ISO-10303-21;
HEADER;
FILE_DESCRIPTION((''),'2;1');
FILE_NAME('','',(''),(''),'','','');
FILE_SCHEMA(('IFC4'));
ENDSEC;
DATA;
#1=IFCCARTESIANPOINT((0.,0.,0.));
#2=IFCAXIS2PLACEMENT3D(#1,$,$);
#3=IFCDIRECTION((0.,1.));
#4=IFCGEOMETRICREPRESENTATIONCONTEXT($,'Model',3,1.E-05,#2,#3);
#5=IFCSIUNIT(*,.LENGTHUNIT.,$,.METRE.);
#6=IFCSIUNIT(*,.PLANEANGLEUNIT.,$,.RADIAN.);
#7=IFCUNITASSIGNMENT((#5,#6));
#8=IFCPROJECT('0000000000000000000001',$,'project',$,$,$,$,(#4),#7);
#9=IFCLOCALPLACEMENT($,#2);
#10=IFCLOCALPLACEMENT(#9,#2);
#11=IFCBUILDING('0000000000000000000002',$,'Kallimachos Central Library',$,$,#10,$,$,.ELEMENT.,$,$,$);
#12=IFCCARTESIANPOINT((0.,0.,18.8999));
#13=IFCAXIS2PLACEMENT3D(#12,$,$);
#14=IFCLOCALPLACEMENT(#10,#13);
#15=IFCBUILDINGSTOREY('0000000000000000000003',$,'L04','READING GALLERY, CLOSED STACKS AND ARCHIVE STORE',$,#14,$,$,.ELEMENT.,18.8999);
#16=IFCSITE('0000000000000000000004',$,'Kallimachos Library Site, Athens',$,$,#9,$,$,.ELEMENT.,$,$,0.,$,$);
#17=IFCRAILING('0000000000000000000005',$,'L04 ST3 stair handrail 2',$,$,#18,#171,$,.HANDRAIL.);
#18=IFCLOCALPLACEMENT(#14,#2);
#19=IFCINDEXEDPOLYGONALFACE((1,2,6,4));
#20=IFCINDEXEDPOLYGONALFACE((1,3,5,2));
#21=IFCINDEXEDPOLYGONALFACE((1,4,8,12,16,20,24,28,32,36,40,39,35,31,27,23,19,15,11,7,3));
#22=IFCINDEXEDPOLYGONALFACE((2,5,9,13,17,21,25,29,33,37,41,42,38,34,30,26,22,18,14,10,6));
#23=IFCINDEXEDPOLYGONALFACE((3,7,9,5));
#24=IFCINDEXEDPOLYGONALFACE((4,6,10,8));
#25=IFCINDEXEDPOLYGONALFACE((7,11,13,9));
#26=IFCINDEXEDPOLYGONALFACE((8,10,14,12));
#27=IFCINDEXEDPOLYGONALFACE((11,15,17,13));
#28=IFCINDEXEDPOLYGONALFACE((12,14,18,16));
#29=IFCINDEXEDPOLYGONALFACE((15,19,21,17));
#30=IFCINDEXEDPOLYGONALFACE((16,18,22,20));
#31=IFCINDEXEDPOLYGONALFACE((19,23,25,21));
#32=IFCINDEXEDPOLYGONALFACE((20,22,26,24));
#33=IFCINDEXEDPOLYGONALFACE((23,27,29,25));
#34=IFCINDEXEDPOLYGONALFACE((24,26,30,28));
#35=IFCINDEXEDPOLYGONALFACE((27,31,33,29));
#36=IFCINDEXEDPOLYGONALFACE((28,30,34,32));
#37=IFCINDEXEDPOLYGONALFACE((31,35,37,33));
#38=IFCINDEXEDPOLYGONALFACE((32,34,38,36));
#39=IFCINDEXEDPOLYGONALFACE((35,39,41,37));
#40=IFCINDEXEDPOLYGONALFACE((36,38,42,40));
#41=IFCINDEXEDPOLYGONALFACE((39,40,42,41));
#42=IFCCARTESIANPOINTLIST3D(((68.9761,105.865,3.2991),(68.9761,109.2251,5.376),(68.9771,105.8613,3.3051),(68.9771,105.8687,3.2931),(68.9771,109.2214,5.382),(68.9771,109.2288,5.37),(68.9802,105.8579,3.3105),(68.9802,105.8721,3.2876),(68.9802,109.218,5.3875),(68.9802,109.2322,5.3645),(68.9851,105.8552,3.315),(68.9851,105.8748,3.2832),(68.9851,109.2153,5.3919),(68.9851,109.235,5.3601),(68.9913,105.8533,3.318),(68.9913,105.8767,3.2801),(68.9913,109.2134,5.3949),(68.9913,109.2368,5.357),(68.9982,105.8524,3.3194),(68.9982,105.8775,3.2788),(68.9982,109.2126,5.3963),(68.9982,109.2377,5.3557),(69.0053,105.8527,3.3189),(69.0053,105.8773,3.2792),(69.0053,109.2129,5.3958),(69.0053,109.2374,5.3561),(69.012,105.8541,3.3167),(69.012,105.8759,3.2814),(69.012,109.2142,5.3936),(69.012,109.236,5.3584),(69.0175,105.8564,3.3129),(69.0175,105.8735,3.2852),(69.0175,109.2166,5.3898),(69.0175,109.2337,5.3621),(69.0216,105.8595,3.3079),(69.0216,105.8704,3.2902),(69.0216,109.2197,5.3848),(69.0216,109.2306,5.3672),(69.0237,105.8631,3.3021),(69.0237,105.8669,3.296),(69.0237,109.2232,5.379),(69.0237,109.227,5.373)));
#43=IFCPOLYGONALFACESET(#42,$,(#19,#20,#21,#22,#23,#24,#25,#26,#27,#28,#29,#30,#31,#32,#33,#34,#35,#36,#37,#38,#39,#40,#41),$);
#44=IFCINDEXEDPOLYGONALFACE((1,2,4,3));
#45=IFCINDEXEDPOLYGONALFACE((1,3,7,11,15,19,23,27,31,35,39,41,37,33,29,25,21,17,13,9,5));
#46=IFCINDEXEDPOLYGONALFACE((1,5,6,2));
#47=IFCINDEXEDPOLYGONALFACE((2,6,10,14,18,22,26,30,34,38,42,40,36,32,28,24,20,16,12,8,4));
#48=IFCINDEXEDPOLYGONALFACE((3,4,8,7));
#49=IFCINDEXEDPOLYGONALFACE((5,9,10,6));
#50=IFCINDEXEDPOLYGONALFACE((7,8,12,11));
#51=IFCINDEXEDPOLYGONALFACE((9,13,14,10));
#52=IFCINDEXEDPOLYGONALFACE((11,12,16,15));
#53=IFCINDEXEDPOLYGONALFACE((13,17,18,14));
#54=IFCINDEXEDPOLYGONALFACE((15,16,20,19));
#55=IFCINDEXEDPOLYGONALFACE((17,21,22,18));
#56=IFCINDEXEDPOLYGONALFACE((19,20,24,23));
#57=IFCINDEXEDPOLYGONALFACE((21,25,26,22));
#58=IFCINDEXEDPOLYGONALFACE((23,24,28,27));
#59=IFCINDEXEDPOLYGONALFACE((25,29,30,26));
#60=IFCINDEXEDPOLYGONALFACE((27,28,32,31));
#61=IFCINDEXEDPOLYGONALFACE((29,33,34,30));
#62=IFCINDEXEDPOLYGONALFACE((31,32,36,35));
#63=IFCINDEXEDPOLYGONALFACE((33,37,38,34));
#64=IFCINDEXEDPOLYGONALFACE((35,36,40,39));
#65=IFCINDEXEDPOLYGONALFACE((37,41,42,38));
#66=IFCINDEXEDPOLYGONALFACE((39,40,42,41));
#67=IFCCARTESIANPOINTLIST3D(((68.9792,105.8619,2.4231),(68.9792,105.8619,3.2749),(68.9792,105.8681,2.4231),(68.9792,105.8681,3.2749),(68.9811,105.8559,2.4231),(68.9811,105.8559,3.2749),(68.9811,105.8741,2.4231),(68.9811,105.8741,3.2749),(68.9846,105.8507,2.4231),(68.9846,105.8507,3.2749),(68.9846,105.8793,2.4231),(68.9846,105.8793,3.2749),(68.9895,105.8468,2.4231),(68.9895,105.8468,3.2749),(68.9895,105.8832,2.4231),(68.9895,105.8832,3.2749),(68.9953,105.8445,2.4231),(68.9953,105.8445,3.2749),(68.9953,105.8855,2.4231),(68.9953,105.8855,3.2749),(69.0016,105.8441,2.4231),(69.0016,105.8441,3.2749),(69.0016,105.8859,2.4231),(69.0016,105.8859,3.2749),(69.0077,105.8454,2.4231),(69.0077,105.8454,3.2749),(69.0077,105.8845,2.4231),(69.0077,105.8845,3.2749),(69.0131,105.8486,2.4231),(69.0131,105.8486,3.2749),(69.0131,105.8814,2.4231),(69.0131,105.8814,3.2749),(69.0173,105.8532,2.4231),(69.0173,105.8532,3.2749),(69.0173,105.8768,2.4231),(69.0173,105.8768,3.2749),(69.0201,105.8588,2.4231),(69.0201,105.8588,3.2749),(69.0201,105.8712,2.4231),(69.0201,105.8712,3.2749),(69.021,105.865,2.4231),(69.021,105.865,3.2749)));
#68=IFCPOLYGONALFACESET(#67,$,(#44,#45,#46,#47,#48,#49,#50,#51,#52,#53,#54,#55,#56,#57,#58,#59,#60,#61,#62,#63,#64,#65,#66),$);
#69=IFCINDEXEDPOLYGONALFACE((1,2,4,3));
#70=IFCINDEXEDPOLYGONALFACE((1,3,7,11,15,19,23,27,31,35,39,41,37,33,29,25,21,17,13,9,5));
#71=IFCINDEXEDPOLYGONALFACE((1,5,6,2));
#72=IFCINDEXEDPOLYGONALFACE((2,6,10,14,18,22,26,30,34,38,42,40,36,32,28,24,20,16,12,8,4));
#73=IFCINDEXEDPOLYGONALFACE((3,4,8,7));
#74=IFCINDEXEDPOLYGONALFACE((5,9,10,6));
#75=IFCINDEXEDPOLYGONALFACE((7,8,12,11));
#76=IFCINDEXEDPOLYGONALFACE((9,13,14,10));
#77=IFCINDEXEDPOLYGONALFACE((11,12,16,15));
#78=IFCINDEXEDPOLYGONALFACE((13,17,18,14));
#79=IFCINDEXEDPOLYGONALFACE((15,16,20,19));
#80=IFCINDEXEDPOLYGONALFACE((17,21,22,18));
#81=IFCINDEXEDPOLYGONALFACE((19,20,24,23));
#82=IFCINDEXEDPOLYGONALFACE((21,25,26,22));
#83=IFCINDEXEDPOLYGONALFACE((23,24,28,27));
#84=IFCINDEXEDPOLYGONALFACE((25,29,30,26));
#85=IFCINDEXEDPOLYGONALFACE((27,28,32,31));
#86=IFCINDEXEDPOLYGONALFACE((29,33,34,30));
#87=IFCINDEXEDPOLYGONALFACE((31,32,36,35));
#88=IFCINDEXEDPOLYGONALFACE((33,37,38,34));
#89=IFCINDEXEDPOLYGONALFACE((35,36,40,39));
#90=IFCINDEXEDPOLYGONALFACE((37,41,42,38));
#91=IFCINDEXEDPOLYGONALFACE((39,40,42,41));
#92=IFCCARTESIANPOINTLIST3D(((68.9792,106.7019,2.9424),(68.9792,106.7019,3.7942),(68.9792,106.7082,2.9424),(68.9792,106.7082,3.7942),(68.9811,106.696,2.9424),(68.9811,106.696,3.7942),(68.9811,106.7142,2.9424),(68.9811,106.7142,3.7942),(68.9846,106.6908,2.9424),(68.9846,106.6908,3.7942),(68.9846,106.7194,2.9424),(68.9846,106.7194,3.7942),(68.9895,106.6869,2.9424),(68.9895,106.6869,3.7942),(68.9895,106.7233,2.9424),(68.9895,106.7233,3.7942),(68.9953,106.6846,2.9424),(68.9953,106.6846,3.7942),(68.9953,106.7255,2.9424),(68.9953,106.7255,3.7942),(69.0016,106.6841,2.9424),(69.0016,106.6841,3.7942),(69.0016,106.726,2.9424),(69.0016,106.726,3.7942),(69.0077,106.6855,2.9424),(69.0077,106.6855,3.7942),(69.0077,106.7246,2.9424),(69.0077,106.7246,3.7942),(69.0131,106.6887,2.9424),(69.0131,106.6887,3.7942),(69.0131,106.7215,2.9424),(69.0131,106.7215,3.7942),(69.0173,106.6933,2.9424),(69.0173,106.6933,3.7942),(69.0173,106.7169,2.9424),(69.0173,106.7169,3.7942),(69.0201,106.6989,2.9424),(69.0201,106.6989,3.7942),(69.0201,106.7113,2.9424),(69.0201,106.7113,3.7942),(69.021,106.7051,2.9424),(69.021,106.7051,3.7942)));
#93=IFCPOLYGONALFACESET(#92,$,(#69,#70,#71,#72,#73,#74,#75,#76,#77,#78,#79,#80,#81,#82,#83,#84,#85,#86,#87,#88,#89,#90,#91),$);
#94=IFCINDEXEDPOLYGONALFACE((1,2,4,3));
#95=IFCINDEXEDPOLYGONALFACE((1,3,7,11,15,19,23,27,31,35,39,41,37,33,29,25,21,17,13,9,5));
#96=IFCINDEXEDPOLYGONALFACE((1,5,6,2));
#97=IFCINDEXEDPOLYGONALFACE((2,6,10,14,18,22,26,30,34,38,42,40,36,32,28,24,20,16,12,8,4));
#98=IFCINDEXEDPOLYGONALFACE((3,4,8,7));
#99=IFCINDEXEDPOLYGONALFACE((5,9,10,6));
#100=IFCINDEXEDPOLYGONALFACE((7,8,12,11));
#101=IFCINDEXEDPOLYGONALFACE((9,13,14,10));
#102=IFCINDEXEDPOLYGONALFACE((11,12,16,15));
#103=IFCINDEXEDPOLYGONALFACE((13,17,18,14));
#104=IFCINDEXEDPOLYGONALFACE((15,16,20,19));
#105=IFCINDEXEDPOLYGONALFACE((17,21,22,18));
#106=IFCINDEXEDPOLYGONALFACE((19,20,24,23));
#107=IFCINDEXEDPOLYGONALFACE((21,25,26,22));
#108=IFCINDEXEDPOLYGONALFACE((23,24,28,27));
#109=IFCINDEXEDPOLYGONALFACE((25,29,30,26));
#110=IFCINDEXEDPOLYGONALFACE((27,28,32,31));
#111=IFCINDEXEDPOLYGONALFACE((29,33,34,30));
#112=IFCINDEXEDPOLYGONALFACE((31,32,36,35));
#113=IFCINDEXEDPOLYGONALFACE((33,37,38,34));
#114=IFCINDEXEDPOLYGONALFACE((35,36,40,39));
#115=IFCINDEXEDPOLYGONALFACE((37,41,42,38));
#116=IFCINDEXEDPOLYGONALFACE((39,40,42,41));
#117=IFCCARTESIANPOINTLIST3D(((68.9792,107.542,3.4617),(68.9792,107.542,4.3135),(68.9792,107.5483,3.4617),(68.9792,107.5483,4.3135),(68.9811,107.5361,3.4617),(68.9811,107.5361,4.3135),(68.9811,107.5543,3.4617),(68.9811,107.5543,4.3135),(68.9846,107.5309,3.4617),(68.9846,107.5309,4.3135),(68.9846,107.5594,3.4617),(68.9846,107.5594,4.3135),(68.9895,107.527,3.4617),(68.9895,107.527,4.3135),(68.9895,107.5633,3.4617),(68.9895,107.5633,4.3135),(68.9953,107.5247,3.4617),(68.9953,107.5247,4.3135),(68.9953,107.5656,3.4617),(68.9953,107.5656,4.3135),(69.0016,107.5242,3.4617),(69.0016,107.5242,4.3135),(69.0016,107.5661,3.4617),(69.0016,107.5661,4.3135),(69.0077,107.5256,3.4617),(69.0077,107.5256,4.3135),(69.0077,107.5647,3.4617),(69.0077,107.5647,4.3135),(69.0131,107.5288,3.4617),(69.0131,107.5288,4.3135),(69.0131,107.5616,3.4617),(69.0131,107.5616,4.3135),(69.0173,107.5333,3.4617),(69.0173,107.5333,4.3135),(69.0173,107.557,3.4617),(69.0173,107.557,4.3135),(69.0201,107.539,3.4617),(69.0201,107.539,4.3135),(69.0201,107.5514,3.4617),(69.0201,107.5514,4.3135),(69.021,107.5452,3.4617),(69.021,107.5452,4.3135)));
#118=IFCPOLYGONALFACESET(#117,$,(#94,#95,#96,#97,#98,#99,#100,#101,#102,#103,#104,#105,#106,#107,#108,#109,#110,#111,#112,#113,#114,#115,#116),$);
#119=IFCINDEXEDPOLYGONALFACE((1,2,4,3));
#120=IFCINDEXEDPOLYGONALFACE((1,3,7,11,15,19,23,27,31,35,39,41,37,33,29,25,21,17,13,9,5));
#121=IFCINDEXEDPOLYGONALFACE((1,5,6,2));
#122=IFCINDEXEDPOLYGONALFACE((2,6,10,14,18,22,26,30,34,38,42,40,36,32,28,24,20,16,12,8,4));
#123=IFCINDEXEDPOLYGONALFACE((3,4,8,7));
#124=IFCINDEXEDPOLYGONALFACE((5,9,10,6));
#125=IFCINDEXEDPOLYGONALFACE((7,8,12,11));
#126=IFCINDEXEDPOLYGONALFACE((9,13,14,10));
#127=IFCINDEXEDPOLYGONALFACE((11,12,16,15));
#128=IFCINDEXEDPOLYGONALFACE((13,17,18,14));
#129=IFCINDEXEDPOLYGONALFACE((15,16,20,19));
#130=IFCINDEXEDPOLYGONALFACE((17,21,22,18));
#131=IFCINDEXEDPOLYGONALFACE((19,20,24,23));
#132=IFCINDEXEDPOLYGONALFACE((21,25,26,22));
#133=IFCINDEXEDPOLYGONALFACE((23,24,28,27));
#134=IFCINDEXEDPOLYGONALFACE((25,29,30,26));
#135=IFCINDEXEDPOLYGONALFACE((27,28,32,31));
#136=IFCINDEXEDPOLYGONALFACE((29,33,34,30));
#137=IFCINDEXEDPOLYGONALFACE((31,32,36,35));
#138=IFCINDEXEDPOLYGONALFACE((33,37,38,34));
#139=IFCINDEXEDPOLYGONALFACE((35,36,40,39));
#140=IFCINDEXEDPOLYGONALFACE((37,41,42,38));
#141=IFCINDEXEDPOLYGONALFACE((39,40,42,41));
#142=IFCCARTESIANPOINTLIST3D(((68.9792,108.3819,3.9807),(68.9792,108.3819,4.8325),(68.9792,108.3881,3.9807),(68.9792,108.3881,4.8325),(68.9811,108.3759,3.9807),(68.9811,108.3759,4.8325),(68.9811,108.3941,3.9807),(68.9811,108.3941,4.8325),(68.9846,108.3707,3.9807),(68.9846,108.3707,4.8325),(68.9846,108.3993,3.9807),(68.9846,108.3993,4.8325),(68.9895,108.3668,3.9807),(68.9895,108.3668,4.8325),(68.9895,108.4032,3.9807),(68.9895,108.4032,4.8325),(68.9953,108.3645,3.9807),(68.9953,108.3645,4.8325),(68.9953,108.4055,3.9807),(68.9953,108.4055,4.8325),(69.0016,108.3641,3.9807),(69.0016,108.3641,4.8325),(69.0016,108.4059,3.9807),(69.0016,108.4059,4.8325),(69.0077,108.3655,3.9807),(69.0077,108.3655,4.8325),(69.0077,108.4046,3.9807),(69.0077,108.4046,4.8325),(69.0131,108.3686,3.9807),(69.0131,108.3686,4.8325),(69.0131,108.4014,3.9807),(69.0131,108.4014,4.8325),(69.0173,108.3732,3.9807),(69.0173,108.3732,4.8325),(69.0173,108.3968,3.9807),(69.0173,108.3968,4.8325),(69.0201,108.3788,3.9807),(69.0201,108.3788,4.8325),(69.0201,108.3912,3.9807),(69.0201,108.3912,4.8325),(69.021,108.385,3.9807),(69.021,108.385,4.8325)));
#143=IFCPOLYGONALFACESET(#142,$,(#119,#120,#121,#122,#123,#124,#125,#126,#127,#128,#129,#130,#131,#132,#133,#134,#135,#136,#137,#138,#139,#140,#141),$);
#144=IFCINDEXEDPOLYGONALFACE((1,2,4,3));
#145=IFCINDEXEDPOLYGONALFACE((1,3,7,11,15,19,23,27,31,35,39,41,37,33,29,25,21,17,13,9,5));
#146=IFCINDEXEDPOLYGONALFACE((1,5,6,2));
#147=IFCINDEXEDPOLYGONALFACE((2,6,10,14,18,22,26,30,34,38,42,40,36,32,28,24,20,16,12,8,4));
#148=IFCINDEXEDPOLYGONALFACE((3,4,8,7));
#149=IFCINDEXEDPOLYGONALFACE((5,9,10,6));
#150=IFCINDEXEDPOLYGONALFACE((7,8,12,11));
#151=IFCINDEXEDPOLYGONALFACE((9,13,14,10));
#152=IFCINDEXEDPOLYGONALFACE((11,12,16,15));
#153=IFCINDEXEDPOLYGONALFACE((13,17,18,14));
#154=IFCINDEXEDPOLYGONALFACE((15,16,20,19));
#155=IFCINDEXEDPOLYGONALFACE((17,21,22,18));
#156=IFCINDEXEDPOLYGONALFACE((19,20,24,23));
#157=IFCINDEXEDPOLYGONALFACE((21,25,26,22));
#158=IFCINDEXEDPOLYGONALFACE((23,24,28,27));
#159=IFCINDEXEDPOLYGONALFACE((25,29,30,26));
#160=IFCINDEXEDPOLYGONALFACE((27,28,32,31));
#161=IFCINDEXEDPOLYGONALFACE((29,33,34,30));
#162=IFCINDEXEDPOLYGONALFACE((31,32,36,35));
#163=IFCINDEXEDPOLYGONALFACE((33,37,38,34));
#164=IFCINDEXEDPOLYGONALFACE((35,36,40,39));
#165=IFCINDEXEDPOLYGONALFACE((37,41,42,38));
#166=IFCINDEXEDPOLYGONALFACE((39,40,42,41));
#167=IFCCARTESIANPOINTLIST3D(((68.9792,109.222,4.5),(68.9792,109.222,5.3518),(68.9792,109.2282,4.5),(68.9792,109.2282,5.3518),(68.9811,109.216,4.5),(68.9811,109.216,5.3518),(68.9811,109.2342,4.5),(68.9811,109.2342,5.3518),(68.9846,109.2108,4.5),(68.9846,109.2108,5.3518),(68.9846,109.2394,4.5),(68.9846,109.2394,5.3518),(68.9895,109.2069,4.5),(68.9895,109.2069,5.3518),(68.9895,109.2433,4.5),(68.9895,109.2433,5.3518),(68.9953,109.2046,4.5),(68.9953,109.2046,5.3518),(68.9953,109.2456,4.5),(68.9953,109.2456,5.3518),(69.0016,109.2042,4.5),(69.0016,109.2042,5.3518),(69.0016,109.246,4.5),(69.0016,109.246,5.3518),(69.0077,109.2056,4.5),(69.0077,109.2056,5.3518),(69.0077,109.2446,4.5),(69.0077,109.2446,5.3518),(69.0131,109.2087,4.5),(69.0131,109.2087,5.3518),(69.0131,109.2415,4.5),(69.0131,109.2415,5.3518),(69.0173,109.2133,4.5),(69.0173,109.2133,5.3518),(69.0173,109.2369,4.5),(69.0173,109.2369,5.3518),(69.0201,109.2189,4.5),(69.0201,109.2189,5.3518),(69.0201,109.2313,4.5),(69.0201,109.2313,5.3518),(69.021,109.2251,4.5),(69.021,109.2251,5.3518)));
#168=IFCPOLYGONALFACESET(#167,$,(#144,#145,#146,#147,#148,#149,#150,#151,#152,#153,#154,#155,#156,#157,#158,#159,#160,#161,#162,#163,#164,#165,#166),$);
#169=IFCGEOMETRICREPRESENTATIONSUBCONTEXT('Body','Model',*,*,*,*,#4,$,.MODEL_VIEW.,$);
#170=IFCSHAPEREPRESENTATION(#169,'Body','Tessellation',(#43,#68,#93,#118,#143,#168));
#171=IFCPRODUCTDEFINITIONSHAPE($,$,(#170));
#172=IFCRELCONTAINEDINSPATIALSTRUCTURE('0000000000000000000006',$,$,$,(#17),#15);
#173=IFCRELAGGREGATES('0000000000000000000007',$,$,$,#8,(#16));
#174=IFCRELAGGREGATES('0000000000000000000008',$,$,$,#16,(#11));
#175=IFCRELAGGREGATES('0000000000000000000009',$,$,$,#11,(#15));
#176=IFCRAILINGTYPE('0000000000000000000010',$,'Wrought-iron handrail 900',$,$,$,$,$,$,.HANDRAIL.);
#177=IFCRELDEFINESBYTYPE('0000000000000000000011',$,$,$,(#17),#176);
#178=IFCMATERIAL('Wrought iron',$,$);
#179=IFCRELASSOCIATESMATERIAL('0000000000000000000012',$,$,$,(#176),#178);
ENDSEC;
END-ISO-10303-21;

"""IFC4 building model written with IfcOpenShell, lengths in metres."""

from ifc_helpers import new_model, si_unit, direction, frame, origin, origin_2d, place, context, subcontext, project, spatial, circle, extrude, material, type_object, element, save


model = new_model("IFC4")

# Units and contexts
model_context = context("Model", 3, precision=1e-05, world=origin(), true_north=direction((0.0, 1.0)))
body_context = subcontext(model_context, "Body", "Model", "MODEL_VIEW")
ifc_project = project(units=[si_unit("LENGTHUNIT", "METRE"), si_unit("PLANEANGLEUNIT", "RADIAN")], contexts=[model_context])

# Site, building, storey
site_placement = place(None, origin())
site = spatial("IfcSite", under=ifc_project, at=site_placement, Name="Kallimachos Library Site, Athens", CompositionType="ELEMENT", RefElevation=0.0)
building_placement = place(site_placement, origin())
building = spatial("IfcBuilding", under=site, at=building_placement, Name="Kallimachos Central Library", CompositionType="ELEMENT")
storey_placement = place(building_placement, frame((0.0, 0.0, 18.8999)))
storey = spatial("IfcBuildingStorey", under=building, at=storey_placement, Name="L04", Description="READING GALLERY, CLOSED STACKS AND ARCHIVE STORE", CompositionType="ELEMENT", Elevation=18.8999)

# Railing
ifc_material_1 = material(Name="Wrought iron")
railing_type_1 = type_object("IfcRailingType", Name="Wrought-iron handrail 900", PredefinedType="HANDRAIL", material=ifc_material_1)
railing_1_placement = place(storey_placement, frame((69.0, 105.865, 2.4231)))
element("IfcRailing", 1, at=railing_1_placement, inside=storey, type_object=railing_type_1, Name="L04 ST3 stair handrail 2", PredefinedType="HANDRAIL", context=body_context, shape_type="SweptSolid", body=[
    extrude(circle(Radius=0.0239, at=origin_2d()), frame((0.0, 0.0, 0.876), z_axis=(0.0, 0.850623, 0.525776), x_axis=(-1.0, 0.0, 0.0)), (0.0, 0.0, 1.0), 3.9502),
    extrude(circle(Radius=0.021, at=origin_2d()), origin(), (0.0, 0.0, 1.0), 0.8518),
    extrude(circle(Radius=0.021, at=origin_2d()), frame((0.0, 0.8401, 0.5193)), (0.0, 0.0, 1.0), 0.8518),
    extrude(circle(Radius=0.021, at=origin_2d()), frame((0.0, 1.6802, 1.0386)), (0.0, 0.0, 1.0), 0.8518),
    extrude(circle(Radius=0.021, at=origin_2d()), frame((0.0, 2.52, 1.5576)), (0.0, 0.0, 1.0), 0.8518),
    extrude(circle(Radius=0.021, at=origin_2d()), frame((0.0, 3.3601, 2.0769)), (0.0, 0.0, 1.0), 0.8518),
])

save(model, "model.ifc")
